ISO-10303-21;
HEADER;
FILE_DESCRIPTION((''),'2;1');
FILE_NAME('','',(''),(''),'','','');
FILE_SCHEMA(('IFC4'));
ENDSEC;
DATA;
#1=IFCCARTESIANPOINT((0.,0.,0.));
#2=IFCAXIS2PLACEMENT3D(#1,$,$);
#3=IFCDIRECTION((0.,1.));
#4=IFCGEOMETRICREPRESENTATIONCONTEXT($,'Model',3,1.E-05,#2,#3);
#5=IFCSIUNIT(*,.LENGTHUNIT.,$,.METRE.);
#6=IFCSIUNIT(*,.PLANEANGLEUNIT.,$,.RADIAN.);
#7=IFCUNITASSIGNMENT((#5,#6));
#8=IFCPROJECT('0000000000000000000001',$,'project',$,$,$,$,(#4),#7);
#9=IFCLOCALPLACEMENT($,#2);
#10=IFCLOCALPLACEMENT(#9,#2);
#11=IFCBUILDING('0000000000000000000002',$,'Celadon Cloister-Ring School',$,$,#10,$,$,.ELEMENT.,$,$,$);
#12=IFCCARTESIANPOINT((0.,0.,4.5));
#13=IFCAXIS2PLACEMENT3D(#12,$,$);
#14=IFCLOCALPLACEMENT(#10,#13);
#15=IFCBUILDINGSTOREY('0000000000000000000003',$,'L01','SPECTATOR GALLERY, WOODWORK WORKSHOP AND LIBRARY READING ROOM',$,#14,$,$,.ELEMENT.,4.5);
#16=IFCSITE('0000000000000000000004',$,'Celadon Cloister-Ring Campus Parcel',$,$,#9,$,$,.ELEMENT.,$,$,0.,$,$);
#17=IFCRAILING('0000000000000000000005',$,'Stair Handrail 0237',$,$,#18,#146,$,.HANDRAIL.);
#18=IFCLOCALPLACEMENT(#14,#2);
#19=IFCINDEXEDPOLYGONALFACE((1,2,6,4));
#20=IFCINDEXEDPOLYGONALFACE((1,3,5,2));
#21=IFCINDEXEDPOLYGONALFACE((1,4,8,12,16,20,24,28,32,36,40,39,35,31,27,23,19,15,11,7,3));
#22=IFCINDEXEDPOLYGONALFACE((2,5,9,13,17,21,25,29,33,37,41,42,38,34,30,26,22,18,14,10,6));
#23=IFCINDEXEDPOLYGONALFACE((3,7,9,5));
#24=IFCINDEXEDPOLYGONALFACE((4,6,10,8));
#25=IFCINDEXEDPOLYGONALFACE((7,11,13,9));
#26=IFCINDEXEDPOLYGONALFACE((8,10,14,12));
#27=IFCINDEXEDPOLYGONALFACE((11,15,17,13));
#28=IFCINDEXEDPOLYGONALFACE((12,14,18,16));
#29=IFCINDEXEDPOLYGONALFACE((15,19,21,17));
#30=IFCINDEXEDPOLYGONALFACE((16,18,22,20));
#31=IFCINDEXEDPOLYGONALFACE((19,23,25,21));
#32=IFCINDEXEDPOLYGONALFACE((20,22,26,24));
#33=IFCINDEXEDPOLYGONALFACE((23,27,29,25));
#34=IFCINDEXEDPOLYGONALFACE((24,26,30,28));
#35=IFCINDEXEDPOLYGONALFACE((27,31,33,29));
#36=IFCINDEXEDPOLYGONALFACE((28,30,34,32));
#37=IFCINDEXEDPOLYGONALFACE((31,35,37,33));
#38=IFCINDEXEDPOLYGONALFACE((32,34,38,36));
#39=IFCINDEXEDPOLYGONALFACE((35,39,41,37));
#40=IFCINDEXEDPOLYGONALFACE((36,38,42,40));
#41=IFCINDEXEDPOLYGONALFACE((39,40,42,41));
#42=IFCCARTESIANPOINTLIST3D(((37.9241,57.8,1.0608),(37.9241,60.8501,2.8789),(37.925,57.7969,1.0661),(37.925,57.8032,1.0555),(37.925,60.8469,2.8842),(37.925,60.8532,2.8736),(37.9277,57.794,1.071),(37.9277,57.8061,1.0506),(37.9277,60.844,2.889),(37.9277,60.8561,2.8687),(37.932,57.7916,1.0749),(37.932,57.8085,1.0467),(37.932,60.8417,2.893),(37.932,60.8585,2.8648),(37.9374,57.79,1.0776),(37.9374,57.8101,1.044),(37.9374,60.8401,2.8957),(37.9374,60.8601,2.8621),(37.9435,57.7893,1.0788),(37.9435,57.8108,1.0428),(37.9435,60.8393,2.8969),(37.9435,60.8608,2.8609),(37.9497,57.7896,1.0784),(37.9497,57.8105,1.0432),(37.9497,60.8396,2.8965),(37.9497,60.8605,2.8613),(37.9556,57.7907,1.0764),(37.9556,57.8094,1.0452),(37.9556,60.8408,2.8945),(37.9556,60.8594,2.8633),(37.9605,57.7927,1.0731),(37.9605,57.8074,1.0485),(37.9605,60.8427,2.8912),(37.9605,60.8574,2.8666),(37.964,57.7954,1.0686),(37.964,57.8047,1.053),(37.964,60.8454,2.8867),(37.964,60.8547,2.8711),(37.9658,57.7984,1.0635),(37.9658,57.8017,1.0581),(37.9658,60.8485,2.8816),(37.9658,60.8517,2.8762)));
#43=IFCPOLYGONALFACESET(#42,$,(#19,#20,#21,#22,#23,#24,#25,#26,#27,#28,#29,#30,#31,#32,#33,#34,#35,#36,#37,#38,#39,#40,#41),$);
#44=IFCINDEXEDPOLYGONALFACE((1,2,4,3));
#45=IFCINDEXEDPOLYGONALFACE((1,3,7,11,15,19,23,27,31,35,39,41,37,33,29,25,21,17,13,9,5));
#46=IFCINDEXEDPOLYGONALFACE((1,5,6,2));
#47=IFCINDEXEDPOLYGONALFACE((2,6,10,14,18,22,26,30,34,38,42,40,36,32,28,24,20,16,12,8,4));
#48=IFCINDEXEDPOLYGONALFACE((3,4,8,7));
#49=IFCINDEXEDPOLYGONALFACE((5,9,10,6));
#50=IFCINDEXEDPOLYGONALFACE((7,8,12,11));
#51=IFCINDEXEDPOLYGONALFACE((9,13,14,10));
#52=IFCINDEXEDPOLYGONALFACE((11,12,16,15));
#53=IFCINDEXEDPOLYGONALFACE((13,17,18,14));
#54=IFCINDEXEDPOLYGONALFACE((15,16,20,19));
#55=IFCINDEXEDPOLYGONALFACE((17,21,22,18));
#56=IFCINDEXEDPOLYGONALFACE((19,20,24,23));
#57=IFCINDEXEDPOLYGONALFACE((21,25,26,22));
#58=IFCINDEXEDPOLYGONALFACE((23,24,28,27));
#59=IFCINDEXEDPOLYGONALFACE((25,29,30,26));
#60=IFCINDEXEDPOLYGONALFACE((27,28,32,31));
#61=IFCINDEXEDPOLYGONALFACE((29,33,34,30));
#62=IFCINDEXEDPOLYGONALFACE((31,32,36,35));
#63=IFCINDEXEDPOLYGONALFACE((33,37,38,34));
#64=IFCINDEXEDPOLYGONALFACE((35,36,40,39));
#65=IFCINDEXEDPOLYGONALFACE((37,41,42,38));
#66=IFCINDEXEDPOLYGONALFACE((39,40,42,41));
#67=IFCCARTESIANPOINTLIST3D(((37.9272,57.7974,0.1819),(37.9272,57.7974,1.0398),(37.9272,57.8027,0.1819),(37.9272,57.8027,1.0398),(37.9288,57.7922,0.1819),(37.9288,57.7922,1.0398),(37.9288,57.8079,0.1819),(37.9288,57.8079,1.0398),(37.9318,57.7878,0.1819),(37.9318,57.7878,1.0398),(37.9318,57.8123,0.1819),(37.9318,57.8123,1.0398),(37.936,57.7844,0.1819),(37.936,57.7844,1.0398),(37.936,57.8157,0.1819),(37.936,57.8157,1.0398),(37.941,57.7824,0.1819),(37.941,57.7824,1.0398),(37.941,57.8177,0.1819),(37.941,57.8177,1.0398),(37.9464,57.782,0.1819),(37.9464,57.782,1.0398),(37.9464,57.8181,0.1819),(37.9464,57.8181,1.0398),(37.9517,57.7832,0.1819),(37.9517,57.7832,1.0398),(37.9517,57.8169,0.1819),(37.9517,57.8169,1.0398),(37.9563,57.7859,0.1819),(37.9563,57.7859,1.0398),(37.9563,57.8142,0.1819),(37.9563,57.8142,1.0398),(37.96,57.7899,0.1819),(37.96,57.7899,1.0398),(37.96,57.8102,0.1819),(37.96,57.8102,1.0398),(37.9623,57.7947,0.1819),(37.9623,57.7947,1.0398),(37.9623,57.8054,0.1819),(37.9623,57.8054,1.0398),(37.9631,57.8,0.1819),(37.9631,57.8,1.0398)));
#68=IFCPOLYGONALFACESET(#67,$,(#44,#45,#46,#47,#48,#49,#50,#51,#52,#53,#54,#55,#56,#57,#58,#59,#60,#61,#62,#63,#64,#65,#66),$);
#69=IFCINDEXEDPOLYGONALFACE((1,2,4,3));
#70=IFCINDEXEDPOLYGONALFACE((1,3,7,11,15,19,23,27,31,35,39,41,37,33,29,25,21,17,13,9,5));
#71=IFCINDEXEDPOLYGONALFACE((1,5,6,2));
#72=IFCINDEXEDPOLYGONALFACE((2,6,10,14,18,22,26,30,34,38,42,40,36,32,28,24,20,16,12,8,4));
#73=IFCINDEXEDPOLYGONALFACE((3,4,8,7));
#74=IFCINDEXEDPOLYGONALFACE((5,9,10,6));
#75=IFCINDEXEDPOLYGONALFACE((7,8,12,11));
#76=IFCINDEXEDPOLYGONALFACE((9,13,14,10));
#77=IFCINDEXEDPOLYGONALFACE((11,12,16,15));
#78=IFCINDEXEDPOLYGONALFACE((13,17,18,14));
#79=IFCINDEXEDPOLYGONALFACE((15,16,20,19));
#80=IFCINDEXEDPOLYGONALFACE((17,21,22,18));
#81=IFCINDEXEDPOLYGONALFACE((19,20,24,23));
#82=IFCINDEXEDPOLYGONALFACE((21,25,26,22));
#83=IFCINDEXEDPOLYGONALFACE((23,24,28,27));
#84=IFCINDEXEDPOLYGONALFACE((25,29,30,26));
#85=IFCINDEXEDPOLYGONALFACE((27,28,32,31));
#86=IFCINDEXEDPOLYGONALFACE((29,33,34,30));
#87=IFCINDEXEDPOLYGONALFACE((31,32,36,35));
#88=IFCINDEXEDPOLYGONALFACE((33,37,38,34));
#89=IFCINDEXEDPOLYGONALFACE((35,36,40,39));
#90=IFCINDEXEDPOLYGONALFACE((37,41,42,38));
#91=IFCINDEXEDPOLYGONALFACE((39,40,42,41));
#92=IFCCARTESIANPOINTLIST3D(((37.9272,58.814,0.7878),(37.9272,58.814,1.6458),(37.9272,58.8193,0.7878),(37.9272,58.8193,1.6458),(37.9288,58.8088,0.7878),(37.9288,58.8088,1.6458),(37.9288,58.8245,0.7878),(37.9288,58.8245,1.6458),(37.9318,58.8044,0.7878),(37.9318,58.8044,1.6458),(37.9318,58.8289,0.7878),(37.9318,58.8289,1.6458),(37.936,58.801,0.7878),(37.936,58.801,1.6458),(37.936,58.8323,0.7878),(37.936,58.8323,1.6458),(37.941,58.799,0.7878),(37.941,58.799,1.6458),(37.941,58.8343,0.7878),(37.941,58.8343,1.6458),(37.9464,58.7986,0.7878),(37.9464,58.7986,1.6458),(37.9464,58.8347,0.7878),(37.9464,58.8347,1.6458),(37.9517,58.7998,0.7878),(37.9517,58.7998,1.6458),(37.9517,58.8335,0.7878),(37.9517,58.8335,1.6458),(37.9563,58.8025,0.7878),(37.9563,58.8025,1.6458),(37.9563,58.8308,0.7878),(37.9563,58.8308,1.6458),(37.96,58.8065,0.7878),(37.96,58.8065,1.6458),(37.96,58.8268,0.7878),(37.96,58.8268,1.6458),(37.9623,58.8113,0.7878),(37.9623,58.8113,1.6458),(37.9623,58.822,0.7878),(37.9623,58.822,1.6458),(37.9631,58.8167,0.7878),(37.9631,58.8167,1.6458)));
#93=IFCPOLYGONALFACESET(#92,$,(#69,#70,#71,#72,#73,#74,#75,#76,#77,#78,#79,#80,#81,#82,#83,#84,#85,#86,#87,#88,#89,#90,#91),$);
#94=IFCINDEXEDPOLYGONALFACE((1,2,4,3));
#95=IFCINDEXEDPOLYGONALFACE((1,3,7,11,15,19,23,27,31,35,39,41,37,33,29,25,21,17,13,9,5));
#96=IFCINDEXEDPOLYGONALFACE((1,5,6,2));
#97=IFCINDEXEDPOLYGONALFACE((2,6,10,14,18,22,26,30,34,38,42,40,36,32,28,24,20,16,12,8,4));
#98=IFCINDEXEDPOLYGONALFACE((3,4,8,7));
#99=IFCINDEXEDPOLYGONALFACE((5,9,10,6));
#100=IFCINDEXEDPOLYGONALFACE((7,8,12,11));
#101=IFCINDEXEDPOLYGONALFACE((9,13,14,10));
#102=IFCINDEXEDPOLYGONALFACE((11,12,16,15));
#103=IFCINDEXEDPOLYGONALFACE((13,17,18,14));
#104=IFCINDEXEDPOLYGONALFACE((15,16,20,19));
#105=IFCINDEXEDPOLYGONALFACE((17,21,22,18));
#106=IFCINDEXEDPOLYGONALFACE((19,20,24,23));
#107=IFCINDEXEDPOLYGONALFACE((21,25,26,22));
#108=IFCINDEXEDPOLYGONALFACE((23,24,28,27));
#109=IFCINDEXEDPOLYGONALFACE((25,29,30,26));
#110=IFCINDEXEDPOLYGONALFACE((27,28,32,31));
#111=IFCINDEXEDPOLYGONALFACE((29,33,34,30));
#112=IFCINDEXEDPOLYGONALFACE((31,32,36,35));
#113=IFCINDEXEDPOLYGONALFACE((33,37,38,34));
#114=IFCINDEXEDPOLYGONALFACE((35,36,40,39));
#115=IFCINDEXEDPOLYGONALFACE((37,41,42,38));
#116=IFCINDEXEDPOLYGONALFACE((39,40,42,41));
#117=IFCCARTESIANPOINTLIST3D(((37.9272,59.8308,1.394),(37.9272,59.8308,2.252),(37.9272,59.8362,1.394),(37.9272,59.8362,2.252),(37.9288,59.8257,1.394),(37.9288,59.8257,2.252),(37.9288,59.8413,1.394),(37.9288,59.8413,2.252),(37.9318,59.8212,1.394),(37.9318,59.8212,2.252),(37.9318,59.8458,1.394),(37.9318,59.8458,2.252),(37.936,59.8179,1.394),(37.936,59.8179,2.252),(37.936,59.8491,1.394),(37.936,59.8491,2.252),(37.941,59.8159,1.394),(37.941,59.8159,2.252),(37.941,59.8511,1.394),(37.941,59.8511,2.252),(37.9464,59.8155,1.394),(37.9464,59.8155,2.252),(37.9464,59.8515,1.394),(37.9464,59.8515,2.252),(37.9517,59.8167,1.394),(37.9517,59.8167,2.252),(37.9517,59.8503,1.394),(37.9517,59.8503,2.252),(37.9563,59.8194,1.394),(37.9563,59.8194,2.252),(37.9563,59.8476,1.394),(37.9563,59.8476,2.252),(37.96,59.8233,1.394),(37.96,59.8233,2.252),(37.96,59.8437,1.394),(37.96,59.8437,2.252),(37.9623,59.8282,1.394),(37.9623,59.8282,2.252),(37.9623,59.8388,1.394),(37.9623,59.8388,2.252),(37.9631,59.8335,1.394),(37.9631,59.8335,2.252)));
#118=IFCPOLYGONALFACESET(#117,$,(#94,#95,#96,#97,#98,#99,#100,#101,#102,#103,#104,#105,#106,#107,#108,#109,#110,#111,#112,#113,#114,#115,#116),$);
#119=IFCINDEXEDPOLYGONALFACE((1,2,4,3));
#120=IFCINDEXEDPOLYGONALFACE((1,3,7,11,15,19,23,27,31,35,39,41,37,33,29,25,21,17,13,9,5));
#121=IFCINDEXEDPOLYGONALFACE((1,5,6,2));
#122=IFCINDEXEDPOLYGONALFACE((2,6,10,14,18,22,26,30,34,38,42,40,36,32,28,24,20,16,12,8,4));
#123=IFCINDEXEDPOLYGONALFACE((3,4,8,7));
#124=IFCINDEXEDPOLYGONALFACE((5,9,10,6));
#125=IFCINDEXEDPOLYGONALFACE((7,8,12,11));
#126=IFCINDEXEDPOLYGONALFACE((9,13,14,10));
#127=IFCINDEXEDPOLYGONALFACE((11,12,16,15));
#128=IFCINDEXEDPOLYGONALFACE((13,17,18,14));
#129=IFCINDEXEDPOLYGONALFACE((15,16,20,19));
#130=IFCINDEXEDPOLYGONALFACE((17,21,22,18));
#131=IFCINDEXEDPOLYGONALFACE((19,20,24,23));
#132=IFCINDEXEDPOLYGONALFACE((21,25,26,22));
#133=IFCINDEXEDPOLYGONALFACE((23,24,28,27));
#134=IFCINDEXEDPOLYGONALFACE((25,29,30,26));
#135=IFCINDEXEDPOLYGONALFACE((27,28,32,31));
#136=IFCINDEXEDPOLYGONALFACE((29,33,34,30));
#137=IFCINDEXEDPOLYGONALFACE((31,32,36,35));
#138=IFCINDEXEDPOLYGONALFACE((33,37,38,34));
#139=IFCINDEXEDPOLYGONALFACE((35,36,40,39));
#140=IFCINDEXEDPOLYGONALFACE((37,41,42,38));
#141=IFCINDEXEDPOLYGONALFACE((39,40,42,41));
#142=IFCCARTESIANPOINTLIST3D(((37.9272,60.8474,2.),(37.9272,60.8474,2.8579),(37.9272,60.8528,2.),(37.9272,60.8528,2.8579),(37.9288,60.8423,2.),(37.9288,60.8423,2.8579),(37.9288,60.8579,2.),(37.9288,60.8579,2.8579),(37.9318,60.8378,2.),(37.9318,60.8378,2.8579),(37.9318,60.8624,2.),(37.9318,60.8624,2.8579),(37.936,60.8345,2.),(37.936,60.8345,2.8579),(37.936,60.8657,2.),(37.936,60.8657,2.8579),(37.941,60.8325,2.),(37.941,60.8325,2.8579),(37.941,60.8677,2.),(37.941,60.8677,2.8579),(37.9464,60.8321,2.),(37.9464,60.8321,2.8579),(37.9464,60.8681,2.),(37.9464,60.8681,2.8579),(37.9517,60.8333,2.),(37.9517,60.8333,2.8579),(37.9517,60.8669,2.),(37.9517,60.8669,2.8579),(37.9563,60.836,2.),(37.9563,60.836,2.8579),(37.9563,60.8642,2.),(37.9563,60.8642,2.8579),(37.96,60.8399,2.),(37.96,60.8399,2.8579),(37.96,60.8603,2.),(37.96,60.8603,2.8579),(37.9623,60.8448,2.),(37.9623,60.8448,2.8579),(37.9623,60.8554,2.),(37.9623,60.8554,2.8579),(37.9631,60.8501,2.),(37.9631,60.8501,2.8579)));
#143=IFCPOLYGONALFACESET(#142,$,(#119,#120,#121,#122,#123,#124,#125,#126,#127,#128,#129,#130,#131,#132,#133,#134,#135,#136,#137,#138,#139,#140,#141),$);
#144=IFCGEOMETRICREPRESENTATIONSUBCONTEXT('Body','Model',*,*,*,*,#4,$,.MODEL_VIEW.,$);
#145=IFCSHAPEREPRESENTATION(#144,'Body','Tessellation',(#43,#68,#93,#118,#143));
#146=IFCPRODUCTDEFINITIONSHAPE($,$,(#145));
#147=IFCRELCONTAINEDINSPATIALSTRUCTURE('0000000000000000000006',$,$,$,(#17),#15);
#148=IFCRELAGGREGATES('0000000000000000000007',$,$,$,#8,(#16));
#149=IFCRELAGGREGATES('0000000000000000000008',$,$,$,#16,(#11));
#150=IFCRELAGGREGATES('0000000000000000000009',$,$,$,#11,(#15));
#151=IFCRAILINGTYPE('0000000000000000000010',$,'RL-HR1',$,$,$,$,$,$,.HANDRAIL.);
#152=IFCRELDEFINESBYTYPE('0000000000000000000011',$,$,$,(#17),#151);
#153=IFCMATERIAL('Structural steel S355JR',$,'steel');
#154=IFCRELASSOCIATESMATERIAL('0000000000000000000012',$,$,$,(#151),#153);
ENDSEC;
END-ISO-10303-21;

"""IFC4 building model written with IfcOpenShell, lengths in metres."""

from ifc_helpers import new_model, si_unit, direction, frame, origin, origin_2d, place, context, subcontext, project, spatial, circle, extrude, material, type_object, element, save


model = new_model("IFC4")

# Units and contexts
model_context = context("Model", 3, precision=1e-05, world=origin(), true_north=direction((0.0, 1.0)))
body_context = subcontext(model_context, "Body", "Model", "MODEL_VIEW")
ifc_project = project(units=[si_unit("LENGTHUNIT", "METRE"), si_unit("PLANEANGLEUNIT", "RADIAN")], contexts=[model_context])

# Site, building, storey
site_placement = place(None, origin())
site = spatial("IfcSite", under=ifc_project, at=site_placement, Name="Celadon Cloister-Ring Campus Parcel", CompositionType="ELEMENT", RefElevation=0.0)
building_placement = place(site_placement, origin())
building = spatial("IfcBuilding", under=site, at=building_placement, Name="Celadon Cloister-Ring School", CompositionType="ELEMENT")
storey_placement = place(building_placement, frame((0.0, 0.0, 4.5)))
storey = spatial("IfcBuildingStorey", under=building, at=storey_placement, Name="L01", Description="SPECTATOR GALLERY, WOODWORK WORKSHOP AND LIBRARY READING ROOM", CompositionType="ELEMENT", Elevation=4.5)

# Railing
ifc_material_1 = material(Name="Structural steel S355JR", Category="steel")
railing_type_1 = type_object("IfcRailingType", Name="RL-HR1", PredefinedType="HANDRAIL", material=ifc_material_1)
for number, where, name in (
    (1, (37.9451, 57.8, 0.1819), "Stair Handrail 0237"),
):
    element("IfcRailing", number, at=place(storey_placement, frame(where)), inside=storey, type_object=railing_type_1, Name=name, PredefinedType="HANDRAIL", context=body_context, shape_type="SweptSolid", body=[
        extrude(circle(Radius=0.021, at=origin_2d()), frame((0.0, 0.0, 0.8789), z_axis=(0.0, 0.85897, 0.512026), x_axis=(-1.0, 0.0, 0.0)), (0.0, 0.0, 1.0), 3.5508),
        extrude(circle(Radius=0.0181, at=origin_2d()), origin(), (0.0, 0.0, 1.0), 0.8579),
        extrude(circle(Radius=0.0181, at=origin_2d()), frame((0.0, 1.0166, 0.606)), (0.0, 0.0, 1.0), 0.8579),
        extrude(circle(Radius=0.0181, at=origin_2d()), frame((0.0, 2.0334, 1.2122)), (0.0, 0.0, 1.0), 0.8579),
        extrude(circle(Radius=0.0181, at=origin_2d()), frame((0.0, 3.05, 1.8181)), (0.0, 0.0, 1.0), 0.8579),
    ])

save(model, "model.ifc")
